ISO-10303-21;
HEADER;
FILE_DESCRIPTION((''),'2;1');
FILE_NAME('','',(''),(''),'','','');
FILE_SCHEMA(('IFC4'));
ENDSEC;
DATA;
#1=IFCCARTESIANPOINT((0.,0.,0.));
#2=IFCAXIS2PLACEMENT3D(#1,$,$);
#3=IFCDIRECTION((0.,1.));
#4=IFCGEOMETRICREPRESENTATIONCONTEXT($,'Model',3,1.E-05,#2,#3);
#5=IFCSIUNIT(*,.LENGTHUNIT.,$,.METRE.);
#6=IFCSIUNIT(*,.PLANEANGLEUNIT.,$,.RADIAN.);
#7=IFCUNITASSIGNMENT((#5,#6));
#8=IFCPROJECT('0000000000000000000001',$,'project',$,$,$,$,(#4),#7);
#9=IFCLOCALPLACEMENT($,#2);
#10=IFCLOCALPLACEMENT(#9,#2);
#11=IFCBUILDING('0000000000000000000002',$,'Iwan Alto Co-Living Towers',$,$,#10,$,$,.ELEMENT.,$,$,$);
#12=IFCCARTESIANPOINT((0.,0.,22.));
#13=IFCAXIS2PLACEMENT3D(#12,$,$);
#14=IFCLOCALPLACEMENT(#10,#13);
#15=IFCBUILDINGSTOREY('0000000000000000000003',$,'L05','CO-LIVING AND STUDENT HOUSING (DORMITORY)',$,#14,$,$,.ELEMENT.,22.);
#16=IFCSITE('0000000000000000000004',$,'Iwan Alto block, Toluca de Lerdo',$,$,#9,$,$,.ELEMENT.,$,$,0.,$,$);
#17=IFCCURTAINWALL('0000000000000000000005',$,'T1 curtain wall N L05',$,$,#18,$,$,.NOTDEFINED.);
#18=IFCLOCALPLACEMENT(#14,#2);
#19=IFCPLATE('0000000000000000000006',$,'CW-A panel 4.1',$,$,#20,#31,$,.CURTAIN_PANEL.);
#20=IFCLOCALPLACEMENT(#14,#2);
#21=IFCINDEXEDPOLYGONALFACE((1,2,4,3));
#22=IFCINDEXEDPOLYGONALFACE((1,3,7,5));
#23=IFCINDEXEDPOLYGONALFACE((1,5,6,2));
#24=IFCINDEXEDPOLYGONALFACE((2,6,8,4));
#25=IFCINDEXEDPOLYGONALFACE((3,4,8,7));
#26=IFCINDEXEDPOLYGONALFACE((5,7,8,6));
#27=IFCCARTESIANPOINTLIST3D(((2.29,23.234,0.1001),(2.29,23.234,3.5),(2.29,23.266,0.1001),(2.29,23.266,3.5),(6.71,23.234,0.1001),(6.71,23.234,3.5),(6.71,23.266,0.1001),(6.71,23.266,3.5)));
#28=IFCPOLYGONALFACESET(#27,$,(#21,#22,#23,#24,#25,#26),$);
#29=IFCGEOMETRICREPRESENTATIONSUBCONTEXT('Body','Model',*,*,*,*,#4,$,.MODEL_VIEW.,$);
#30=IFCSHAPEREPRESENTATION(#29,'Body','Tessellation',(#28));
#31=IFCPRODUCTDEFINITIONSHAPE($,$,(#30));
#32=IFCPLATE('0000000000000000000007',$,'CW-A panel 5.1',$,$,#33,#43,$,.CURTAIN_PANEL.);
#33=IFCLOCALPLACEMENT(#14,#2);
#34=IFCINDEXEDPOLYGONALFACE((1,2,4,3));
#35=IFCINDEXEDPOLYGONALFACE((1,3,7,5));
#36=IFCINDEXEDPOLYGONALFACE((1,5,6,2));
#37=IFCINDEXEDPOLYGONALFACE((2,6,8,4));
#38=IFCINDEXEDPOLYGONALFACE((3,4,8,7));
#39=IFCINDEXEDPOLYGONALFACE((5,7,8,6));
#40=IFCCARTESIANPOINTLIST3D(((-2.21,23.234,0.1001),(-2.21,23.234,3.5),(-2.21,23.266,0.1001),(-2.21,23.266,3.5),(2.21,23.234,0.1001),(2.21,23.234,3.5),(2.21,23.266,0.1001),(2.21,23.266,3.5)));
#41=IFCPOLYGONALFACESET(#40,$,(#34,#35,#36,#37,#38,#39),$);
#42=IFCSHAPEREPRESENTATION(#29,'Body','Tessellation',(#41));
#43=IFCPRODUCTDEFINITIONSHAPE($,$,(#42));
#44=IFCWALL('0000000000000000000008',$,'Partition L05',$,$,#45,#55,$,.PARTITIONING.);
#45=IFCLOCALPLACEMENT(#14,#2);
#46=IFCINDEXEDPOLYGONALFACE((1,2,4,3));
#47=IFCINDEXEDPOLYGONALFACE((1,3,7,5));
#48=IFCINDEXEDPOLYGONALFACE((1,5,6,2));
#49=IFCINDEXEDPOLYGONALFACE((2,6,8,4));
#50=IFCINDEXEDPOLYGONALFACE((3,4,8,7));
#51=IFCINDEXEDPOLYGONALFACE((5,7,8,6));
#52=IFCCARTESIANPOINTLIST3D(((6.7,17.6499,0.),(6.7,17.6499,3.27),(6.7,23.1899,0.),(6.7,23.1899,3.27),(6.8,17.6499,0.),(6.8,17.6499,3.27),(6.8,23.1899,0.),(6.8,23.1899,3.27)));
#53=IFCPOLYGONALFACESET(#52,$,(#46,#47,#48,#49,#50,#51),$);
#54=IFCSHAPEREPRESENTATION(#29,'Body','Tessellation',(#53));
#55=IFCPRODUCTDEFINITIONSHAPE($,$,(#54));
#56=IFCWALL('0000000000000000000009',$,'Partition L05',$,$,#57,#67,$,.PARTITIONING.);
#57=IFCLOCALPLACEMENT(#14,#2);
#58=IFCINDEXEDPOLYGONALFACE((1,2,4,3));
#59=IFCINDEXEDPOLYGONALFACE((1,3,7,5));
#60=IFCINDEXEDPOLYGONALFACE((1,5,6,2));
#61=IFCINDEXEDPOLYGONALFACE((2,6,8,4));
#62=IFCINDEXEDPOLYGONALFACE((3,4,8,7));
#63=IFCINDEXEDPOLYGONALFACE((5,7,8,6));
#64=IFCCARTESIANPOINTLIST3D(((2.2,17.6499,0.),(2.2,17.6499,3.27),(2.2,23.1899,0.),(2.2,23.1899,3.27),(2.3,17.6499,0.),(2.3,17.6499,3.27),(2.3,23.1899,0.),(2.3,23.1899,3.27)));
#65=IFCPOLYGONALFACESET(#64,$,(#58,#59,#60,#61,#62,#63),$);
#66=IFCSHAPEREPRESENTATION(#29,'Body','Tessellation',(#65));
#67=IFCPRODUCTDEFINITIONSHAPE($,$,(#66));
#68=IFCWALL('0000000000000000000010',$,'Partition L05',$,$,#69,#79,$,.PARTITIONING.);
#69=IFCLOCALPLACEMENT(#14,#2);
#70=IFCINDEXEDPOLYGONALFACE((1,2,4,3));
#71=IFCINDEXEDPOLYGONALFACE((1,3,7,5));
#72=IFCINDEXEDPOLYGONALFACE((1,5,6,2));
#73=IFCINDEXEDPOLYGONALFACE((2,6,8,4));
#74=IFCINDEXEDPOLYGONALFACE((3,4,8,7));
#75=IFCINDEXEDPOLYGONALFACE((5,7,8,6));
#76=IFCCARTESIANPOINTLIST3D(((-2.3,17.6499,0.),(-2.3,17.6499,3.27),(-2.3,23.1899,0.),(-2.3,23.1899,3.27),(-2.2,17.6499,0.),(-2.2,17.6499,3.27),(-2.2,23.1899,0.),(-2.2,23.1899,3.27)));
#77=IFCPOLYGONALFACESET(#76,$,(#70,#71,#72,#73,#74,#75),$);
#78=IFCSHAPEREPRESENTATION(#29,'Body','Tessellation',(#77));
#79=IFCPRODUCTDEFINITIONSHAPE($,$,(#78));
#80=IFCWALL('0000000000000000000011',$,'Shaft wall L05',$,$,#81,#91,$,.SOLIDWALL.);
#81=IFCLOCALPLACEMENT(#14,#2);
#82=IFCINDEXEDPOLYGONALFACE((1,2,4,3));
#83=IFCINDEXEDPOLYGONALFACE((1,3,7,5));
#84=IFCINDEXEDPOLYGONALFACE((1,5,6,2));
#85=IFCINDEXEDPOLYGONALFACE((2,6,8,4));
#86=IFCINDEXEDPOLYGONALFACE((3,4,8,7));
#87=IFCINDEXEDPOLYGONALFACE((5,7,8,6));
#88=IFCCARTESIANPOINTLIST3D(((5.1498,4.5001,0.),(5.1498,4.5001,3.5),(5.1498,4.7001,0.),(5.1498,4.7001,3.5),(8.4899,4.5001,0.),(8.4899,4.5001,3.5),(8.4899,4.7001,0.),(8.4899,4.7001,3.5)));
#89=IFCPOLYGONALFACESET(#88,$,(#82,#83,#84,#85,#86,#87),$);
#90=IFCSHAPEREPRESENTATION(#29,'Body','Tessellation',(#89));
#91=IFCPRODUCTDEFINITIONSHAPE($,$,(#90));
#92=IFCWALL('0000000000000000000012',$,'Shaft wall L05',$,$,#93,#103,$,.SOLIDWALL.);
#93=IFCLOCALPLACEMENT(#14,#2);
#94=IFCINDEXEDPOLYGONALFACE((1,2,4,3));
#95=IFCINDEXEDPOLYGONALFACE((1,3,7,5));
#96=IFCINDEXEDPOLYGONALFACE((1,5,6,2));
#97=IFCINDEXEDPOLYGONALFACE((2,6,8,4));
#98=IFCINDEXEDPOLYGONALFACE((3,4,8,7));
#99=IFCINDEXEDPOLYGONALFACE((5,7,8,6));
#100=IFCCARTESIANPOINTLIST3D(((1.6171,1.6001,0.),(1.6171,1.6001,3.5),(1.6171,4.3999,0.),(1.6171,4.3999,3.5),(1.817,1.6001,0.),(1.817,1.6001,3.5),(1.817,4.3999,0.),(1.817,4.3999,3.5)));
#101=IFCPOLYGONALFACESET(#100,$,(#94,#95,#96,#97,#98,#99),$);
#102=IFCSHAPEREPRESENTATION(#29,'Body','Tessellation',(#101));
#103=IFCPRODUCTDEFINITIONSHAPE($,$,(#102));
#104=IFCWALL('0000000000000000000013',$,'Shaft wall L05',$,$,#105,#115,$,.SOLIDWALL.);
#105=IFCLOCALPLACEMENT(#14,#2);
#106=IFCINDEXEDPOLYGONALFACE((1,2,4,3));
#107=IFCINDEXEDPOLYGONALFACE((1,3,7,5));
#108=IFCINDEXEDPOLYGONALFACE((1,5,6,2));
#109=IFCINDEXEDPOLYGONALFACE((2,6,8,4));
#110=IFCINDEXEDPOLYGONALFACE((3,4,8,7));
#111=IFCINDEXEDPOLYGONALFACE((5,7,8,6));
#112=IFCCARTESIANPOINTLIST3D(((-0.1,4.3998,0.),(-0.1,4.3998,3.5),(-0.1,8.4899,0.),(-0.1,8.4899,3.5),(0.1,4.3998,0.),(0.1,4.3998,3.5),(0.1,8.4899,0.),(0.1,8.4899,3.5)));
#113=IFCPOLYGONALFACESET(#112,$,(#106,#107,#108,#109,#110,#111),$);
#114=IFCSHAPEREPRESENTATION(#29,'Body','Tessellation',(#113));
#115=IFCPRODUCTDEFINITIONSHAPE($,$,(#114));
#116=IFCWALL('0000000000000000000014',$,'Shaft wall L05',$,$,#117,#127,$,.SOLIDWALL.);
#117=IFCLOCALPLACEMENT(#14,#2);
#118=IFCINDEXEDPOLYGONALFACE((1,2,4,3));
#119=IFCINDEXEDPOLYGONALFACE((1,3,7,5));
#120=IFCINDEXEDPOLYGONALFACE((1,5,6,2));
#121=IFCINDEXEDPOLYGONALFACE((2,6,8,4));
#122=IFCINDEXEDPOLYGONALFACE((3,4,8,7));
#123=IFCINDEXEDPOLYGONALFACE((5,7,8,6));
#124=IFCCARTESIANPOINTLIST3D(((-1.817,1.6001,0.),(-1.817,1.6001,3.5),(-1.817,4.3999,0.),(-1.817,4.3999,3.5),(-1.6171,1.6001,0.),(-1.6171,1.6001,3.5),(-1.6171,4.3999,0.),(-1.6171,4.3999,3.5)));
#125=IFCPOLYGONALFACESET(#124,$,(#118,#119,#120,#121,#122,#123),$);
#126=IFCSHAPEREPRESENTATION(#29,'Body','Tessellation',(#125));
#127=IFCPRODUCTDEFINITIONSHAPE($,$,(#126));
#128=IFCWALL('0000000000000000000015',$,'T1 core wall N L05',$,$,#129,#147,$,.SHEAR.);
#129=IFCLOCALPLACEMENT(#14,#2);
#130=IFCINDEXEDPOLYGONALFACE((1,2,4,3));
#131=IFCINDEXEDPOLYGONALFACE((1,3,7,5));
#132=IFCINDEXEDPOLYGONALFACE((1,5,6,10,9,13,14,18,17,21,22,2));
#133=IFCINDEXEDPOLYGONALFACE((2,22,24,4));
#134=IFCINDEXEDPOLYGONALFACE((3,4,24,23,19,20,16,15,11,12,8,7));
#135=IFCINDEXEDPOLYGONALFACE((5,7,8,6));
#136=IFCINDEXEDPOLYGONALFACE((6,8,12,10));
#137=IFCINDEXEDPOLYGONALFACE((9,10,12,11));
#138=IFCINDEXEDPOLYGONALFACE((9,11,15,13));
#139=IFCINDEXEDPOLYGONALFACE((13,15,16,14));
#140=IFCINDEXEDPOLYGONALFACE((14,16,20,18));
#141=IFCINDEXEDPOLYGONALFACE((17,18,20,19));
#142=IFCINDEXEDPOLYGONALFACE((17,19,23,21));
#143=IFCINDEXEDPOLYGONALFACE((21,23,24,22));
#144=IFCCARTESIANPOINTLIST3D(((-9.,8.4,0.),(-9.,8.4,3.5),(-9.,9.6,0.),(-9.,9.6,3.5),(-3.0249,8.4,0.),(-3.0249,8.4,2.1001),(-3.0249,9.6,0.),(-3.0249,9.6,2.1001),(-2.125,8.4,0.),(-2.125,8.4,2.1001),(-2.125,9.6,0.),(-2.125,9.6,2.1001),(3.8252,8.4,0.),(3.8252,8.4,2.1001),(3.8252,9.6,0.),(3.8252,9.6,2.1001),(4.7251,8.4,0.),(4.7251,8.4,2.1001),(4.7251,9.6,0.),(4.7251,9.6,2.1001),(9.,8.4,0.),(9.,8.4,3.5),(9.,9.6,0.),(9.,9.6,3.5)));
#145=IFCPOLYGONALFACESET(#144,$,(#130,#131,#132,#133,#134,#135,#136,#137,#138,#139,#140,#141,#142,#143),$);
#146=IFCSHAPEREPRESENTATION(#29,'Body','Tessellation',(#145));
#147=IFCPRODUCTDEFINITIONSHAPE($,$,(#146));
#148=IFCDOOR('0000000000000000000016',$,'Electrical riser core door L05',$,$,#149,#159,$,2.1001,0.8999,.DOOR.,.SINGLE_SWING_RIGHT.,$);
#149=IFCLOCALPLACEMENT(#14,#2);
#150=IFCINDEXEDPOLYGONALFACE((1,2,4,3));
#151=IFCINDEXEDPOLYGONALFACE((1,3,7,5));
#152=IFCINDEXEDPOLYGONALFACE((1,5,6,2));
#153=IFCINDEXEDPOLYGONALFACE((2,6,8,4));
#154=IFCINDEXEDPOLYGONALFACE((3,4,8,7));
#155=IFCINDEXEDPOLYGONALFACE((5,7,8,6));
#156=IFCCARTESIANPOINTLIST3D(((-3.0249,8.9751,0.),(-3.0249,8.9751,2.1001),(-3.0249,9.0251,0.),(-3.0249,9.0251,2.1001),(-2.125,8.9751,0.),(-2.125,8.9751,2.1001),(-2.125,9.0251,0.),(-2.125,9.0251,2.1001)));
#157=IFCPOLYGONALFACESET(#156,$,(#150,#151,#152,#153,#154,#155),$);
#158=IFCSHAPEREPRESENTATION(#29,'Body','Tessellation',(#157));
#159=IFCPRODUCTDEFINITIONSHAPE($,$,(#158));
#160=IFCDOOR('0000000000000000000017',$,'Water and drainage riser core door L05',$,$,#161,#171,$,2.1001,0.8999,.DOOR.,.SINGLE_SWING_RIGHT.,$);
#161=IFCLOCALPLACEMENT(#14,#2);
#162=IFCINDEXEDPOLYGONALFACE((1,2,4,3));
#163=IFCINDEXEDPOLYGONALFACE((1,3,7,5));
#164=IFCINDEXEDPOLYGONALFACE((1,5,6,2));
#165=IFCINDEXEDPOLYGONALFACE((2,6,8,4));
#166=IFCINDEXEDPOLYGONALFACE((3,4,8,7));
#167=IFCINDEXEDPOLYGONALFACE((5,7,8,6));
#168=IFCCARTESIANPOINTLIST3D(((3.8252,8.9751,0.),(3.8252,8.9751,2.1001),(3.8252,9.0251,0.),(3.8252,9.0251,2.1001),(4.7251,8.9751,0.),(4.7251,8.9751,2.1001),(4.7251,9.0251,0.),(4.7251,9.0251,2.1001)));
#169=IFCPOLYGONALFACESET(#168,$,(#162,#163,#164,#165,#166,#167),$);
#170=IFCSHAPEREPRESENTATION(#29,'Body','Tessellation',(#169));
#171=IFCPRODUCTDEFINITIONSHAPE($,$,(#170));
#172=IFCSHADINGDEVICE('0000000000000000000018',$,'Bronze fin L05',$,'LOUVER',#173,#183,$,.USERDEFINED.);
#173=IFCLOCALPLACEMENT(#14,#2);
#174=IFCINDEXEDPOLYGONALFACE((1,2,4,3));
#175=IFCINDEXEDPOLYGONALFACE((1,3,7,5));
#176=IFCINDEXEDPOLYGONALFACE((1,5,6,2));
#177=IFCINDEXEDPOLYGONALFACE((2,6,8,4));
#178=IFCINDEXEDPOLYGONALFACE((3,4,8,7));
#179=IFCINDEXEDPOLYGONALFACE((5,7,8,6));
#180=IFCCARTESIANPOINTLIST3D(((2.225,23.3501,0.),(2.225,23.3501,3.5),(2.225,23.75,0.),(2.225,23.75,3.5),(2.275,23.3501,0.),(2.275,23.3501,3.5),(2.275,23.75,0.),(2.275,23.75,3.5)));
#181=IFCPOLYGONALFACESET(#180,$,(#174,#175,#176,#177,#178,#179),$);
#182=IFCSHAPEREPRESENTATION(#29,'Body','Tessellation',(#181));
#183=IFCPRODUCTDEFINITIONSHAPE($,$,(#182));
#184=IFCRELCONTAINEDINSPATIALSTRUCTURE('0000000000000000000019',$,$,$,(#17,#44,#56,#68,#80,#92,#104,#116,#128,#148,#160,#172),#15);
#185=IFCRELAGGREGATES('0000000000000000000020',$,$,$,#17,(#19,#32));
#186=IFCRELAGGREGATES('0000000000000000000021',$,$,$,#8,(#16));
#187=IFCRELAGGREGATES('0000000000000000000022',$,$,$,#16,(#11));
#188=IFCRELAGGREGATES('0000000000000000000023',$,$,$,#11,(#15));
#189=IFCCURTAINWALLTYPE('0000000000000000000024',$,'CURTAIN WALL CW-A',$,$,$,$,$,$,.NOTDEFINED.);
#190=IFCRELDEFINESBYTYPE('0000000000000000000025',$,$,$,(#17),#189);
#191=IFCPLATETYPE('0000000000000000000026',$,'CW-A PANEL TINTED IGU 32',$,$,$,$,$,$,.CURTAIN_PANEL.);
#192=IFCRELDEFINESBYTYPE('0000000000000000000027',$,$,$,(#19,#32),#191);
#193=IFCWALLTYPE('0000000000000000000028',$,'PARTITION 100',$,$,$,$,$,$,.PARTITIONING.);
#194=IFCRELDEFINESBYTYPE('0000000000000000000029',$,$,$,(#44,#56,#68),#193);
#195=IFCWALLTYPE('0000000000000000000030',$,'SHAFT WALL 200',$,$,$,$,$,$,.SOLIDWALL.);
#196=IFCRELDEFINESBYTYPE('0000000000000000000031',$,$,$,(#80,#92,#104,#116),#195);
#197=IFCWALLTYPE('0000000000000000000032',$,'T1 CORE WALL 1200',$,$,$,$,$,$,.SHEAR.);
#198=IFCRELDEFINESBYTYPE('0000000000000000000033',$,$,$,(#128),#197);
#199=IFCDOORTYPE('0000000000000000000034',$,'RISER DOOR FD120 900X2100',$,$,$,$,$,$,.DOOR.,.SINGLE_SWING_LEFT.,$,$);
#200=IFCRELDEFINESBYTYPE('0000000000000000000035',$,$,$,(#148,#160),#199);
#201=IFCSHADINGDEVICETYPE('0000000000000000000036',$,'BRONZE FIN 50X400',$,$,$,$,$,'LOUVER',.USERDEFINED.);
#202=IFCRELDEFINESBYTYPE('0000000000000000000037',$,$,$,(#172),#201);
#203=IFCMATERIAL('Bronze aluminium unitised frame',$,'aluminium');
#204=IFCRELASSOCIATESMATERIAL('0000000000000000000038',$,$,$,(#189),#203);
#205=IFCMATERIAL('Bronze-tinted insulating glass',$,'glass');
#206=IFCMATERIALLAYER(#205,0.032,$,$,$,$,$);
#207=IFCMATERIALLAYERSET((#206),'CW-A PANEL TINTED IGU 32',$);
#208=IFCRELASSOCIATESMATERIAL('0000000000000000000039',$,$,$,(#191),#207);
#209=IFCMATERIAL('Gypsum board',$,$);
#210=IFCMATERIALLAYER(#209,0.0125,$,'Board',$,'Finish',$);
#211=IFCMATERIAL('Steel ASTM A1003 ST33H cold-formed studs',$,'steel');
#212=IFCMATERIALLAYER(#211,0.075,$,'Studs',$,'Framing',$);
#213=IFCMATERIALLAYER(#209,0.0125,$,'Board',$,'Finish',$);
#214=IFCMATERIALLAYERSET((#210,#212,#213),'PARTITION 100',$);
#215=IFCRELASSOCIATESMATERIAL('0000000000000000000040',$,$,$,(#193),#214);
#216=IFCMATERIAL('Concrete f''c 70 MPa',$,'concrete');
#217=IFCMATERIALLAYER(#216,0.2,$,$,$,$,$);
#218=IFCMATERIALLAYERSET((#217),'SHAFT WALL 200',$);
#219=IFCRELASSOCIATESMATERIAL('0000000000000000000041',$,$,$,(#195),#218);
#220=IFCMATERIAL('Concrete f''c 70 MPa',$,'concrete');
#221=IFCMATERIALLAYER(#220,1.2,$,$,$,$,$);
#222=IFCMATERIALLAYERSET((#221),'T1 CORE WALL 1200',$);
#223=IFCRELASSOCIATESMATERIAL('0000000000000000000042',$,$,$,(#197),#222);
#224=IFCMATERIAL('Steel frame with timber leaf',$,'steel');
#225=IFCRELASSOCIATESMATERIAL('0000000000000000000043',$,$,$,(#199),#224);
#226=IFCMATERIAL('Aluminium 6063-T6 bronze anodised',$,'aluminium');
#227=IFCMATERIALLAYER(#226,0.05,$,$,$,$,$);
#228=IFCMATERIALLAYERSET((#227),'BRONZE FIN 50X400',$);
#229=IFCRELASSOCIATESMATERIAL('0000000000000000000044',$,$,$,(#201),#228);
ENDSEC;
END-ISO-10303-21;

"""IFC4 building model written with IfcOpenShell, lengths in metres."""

from ifc_helpers import new_model, si_unit, direction, frame, frame_2d, origin, origin_2d, place, context, subcontext, project, spatial, rectangle, extrude, material, layer, layer_set, type_object, element, fill, aggregate, save


model = new_model("IFC4")

# Units and contexts
model_context = context("Model", 3, precision=1e-05, world=origin(), true_north=direction((0.0, 1.0)))
body_context = subcontext(model_context, "Body", "Model", "MODEL_VIEW")
ifc_project = project(units=[si_unit("LENGTHUNIT", "METRE"), si_unit("PLANEANGLEUNIT", "RADIAN")], contexts=[model_context])

# Site, building, storey
site_placement = place(None, origin())
site = spatial("IfcSite", under=ifc_project, at=site_placement, Name="Iwan Alto block, Toluca de Lerdo", CompositionType="ELEMENT", RefElevation=0.0)
building_placement = place(site_placement, origin())
building = spatial("IfcBuilding", under=site, at=building_placement, Name="Iwan Alto Co-Living Towers", CompositionType="ELEMENT")
storey_placement = place(building_placement, frame((0.0, 0.0, 22.0)))
storey = spatial("IfcBuildingStorey", under=building, at=storey_placement, Name="L05", Description="CO-LIVING AND STUDENT HOUSING (DORMITORY)", CompositionType="ELEMENT", Elevation=22.0)

# Curtain wall
ifc_material_1 = material(Name="Bronze aluminium unitised frame", Category="aluminium")
curtain_wall_type = type_object("IfcCurtainWallType", Name="CURTAIN WALL CW-A", PredefinedType="NOTDEFINED", material=ifc_material_1)
curtain_wall_placement = place(storey_placement, origin())
curtain_wall = element("IfcCurtainWall", 1, at=curtain_wall_placement, inside=storey, type_object=curtain_wall_type, Name="T1 curtain wall N L05", PredefinedType="NOTDEFINED")

# Plates
ifc_material_2 = material(Name="Bronze-tinted insulating glass", Category="glass")
ifc_layer_1 = layer(ifc_material_2, 0.032)
ifc_layer_set_1 = layer_set([ifc_layer_1], Name="CW-A PANEL TINTED IGU 32")
plate_type = type_object("IfcPlateType", Name="CW-A PANEL TINTED IGU 32", PredefinedType="CURTAIN_PANEL", material=ifc_layer_set_1)
plate_1_placement = place(storey_placement, frame((4.5, 23.25, 0.1001), z_axis=(0.0, 0.0, 1.0), x_axis=(-1.0, 0.0, 0.0)))
plate_1 = element("IfcPlate", 2, at=plate_1_placement, type_object=plate_type, Name="CW-A panel 4.1", PredefinedType="CURTAIN_PANEL", context=body_context, shape_type="SweptSolid", body=[
    extrude(rectangle(XDim=4.4199, YDim=0.032, at=origin_2d()), origin(), (0.0, 0.0, 1.0), 3.3999),
])
plate_2_placement = place(storey_placement, frame((0.0, 23.25, 0.1001), z_axis=(0.0, 0.0, 1.0), x_axis=(-1.0, 0.0, 0.0)))
plate_2 = element("IfcPlate", 3, at=plate_2_placement, type_object=plate_type, Name="CW-A panel 5.1", PredefinedType="CURTAIN_PANEL", context=body_context, shape_type="SweptSolid", body=[
    extrude(rectangle(XDim=4.4199, YDim=0.032, at=origin_2d()), origin(), (0.0, 0.0, 1.0), 3.3999),
])
aggregate(curtain_wall, [plate_1, plate_2])

# Walls
ifc_material_3 = material(Name="Gypsum board")
ifc_layer_2 = layer(ifc_material_3, 0.0125, Name="Board", Category="Finish")
ifc_material_4 = material(Name="Steel ASTM A1003 ST33H cold-formed studs", Category="steel")
ifc_layer_3 = layer(ifc_material_4, 0.075, Name="Studs", Category="Framing")
ifc_layer_4 = layer(ifc_material_3, 0.0125, Name="Board", Category="Finish")
ifc_layer_set_2 = layer_set([ifc_layer_2, ifc_layer_3, ifc_layer_4], Name="PARTITION 100")
wall_type_1 = type_object("IfcWallType", Name="PARTITION 100", PredefinedType="PARTITIONING", material=ifc_layer_set_2)
for number, where, z_axis, x_axis, name in (
    (4, (6.75, 17.6499, 0.0), (0.0, 0.0, 1.0), (0.0, 1.0, 0.0), "Partition L05"),
    (5, (2.25, 17.6499, 0.0), (0.0, 0.0, 1.0), (0.0, 1.0, 0.0), "Partition L05"),
    (6, (-2.25, 17.6499, 0.0), (0.0, 0.0, 1.0), (0.0, 1.0, 0.0), "Partition L05"),
):
    element("IfcWall", number, at=place(storey_placement, frame(where, z_axis=z_axis, x_axis=x_axis)), inside=storey, type_object=wall_type_1, Name=name, PredefinedType="PARTITIONING", context=body_context, shape_type="SweptSolid", body=[
        extrude(rectangle(XDim=5.54, YDim=0.1001, at=frame_2d((2.77, 0.0))), origin(), (0.0, 0.0, 1.0), 3.27),
    ])
ifc_material_5 = material(Name="Concrete f'c 70 MPa", Category="concrete")
ifc_layer_5 = layer(ifc_material_5, 0.2)
ifc_layer_set_3 = layer_set([ifc_layer_5], Name="SHAFT WALL 200")
wall_type_2 = type_object("IfcWallType", Name="SHAFT WALL 200", PredefinedType="SOLIDWALL", material=ifc_layer_set_3)
wall_1_placement = place(storey_placement, frame((5.1499, 4.6001, 0.0), z_axis=(0.0, 0.0, 1.0), x_axis=(1.0, 0.0, 0.0)))
element("IfcWall", 7, at=wall_1_placement, inside=storey, type_object=wall_type_2, Name="Shaft wall L05", PredefinedType="SOLIDWALL", context=body_context, shape_type="SweptSolid", body=[
    extrude(rectangle(XDim=3.3401, YDim=0.2, at=frame_2d((1.6699, 0.0))), origin(), (0.0, 0.0, 1.0), 3.5),
])
wall_2_placement = place(storey_placement, frame((1.717, 1.6001, 0.0), z_axis=(0.0, 0.0, 1.0), x_axis=(0.0, 1.0, 0.0)))
element("IfcWall", 8, at=wall_2_placement, inside=storey, type_object=wall_type_2, Name="Shaft wall L05", PredefinedType="SOLIDWALL", context=body_context, shape_type="SweptSolid", body=[
    extrude(rectangle(XDim=2.7998, YDim=0.2, at=frame_2d((1.3999, 0.0))), origin(), (0.0, 0.0, 1.0), 3.5),
])
wall_3_placement = place(storey_placement, frame((0.0, 4.3999, 0.0), z_axis=(0.0, 0.0, 1.0), x_axis=(0.0, 1.0, 0.0)))
element("IfcWall", 9, at=wall_3_placement, inside=storey, type_object=wall_type_2, Name="Shaft wall L05", PredefinedType="SOLIDWALL", context=body_context, shape_type="SweptSolid", body=[
    extrude(rectangle(XDim=4.0901, YDim=0.2, at=frame_2d((2.0449, 0.0))), origin(), (0.0, 0.0, 1.0), 3.5),
])
wall_4_placement = place(storey_placement, frame((-1.717, 1.6001, 0.0), z_axis=(0.0, 0.0, 1.0), x_axis=(0.0, 1.0, 0.0)))
element("IfcWall", 10, at=wall_4_placement, inside=storey, type_object=wall_type_2, Name="Shaft wall L05", PredefinedType="SOLIDWALL", context=body_context, shape_type="SweptSolid", body=[
    extrude(rectangle(XDim=2.7998, YDim=0.2, at=frame_2d((1.3999, 0.0))), origin(), (0.0, 0.0, 1.0), 3.5),
])

# Wall, openings, doors
ifc_material_6 = material(Name="Concrete f'c 70 MPa", Category="concrete")
ifc_layer_6 = layer(ifc_material_6, 1.2)
ifc_layer_set_4 = layer_set([ifc_layer_6], Name="T1 CORE WALL 1200")
wall_type_3 = type_object("IfcWallType", Name="T1 CORE WALL 1200", PredefinedType="SHEAR", material=ifc_layer_set_4)
wall_5_placement = place(storey_placement, frame((9.0, 9.0, 0.0), z_axis=(0.0, 0.0, 1.0), x_axis=(-1.0, 0.0, 0.0)))
wall_5 = element("IfcWall", 11, at=wall_5_placement, inside=storey, type_object=wall_type_3, Name="T1 core wall N L05", PredefinedType="SHEAR", context=body_context, shape_type="SweptSolid", body=[
    extrude(rectangle(XDim=18.0, YDim=1.2, at=frame_2d((9.0, 0.0))), origin(), (0.0, 0.0, 1.0), 3.5),
])
opening_1_placement = place(wall_5_placement, frame((11.125, 0.0, 0.0)))
opening_1 = element("IfcOpeningElement", 12, at=opening_1_placement, cuts=wall_5, PredefinedType="OPENING", context=body_context, shape_type="SweptSolid", body=[
    extrude(rectangle(XDim=0.8999, YDim=2.1001, at=frame_2d((0.45, 1.05))), frame((0.0, 0.6099, 0.0), z_axis=(0.0, -1.0, 0.0), x_axis=(1.0, 0.0, 0.0)), (0.0, 0.0, 1.0), 1.22),
])
opening_2_placement = place(wall_5_placement, frame((4.2749, 0.0, 0.0)))
opening_2 = element("IfcOpeningElement", 13, at=opening_2_placement, cuts=wall_5, PredefinedType="OPENING", context=body_context, shape_type="SweptSolid", body=[
    extrude(rectangle(XDim=0.8999, YDim=2.1001, at=frame_2d((0.45, 1.05))), frame((0.0, 0.6099, 0.0), z_axis=(0.0, -1.0, 0.0), x_axis=(1.0, 0.0, 0.0)), (0.0, 0.0, 1.0), 1.22),
])
ifc_material_7 = material(Name="Steel frame with timber leaf", Category="steel")
door_type = type_object("IfcDoorType", Name="RISER DOOR FD120 900X2100", OperationType="SINGLE_SWING_LEFT", PredefinedType="DOOR", material=ifc_material_7)
door_1_placement = place(opening_1_placement, origin())
door_1 = element("IfcDoor", 14, at=door_1_placement, inside=storey, type_object=door_type, Name="Electrical riser core door L05", OperationType="SINGLE_SWING_RIGHT", OverallHeight=2.1001, OverallWidth=0.8999, PredefinedType="DOOR", context=body_context, shape_type="SweptSolid", body=[
    extrude(rectangle(XDim=0.8999, YDim=2.1001, at=frame_2d((0.45, 1.05))), frame((0.0, 0.0249, 0.0), z_axis=(0.0, -1.0, 0.0), x_axis=(1.0, 0.0, 0.0)), (0.0, 0.0, 1.0), 0.05),
])
fill(opening_1, door_1)
door_2_placement = place(opening_2_placement, origin())
door_2 = element("IfcDoor", 15, at=door_2_placement, inside=storey, type_object=door_type, Name="Water and drainage riser core door L05", OperationType="SINGLE_SWING_RIGHT", OverallHeight=2.1001, OverallWidth=0.8999, PredefinedType="DOOR", context=body_context, shape_type="SweptSolid", body=[
    extrude(rectangle(XDim=0.8999, YDim=2.1001, at=frame_2d((0.45, 1.05))), frame((0.0, 0.0249, 0.0), z_axis=(0.0, -1.0, 0.0), x_axis=(1.0, 0.0, 0.0)), (0.0, 0.0, 1.0), 0.05),
])
fill(opening_2, door_2)

# Shading device
ifc_material_8 = material(Name="Aluminium 6063-T6 bronze anodised", Category="aluminium")
ifc_layer_7 = layer(ifc_material_8, 0.05)
ifc_layer_set_5 = layer_set([ifc_layer_7], Name="BRONZE FIN 50X400")
shading_device_type = type_object("IfcShadingDeviceType", Name="BRONZE FIN 50X400", ElementType="LOUVER", PredefinedType="USERDEFINED", material=ifc_layer_set_5)
shading_device_placement = place(storey_placement, frame((2.25, 23.55, 0.0), z_axis=(0.0, 0.0, 1.0), x_axis=(-1.0, 0.0, 0.0)))
element("IfcShadingDevice", 16, at=shading_device_placement, inside=storey, type_object=shading_device_type, Name="Bronze fin L05", ObjectType="LOUVER", PredefinedType="USERDEFINED", context=body_context, shape_type="SweptSolid", body=[
    extrude(rectangle(XDim=0.05, YDim=0.3999, at=origin_2d()), origin(), (0.0, 0.0, 1.0), 3.5),
])

save(model, "model.ifc")
